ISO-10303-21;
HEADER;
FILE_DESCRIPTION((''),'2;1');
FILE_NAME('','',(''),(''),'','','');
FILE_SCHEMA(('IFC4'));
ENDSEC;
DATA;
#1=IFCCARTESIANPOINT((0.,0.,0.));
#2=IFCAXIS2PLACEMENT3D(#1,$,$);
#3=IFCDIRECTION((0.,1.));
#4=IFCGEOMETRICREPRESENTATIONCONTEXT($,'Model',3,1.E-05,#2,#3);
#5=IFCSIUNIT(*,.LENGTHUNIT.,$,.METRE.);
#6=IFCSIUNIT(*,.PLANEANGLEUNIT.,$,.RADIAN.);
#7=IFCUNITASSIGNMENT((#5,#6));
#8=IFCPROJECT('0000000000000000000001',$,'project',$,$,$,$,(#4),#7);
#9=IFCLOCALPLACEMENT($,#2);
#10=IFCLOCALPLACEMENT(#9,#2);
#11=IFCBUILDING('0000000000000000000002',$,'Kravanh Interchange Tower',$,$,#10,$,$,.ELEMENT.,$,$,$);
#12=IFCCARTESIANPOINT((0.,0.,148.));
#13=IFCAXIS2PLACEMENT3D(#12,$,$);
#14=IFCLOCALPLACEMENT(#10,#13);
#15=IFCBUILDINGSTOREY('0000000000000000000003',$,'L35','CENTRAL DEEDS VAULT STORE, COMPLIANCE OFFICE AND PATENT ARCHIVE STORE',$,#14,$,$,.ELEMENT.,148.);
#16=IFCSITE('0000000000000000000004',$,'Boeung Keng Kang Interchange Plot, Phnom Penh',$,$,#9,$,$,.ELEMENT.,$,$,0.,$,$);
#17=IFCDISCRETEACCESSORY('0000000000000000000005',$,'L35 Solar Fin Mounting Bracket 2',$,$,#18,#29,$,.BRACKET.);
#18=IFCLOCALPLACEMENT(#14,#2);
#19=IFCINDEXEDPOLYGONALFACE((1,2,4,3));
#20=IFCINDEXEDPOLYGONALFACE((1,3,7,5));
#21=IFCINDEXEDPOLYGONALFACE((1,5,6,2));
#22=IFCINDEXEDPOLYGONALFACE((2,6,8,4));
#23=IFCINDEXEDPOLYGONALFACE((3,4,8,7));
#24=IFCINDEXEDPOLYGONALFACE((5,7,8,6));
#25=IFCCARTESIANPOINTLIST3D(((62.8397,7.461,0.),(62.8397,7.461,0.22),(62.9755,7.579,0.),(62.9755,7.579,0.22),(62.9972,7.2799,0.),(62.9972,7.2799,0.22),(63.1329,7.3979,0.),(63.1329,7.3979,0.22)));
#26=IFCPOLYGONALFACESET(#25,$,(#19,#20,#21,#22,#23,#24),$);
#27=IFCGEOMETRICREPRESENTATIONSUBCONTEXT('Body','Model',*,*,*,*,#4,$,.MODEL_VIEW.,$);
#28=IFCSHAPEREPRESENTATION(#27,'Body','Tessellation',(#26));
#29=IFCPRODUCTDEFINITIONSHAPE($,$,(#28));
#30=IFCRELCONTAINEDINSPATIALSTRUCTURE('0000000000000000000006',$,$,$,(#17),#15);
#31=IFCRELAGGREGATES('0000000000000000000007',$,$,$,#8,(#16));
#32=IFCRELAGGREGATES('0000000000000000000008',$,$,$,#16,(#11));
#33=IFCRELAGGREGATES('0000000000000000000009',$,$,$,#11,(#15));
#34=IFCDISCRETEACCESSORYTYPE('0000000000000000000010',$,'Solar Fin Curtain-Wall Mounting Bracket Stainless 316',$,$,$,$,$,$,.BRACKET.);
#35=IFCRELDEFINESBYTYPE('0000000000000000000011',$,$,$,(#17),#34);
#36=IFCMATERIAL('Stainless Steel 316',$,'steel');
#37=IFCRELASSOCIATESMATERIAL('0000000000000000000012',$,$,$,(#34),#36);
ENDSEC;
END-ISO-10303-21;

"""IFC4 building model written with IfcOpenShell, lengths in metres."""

from ifc_helpers import new_model, si_unit, direction, frame, origin, origin_2d, place, context, subcontext, project, spatial, rectangle, extrude, material, type_object, element, save


model = new_model("IFC4")

# Units and contexts
model_context = context("Model", 3, precision=1e-05, world=origin(), true_north=direction((0.0, 1.0)))
body_context = subcontext(model_context, "Body", "Model", "MODEL_VIEW")
ifc_project = project(units=[si_unit("LENGTHUNIT", "METRE"), si_unit("PLANEANGLEUNIT", "RADIAN")], contexts=[model_context])

# Site, building, storey
site_placement = place(None, origin())
site = spatial("IfcSite", under=ifc_project, at=site_placement, Name="Boeung Keng Kang Interchange Plot, Phnom Penh", CompositionType="ELEMENT", RefElevation=0.0)
building_placement = place(site_placement, origin())
building = spatial("IfcBuilding", under=site, at=building_placement, Name="Kravanh Interchange Tower", CompositionType="ELEMENT")
storey_placement = place(building_placement, frame((0.0, 0.0, 148.0)))
storey = spatial("IfcBuildingStorey", under=building, at=storey_placement, Name="L35", Description="CENTRAL DEEDS VAULT STORE, COMPLIANCE OFFICE AND PATENT ARCHIVE STORE", CompositionType="ELEMENT", Elevation=148.0)

# Discrete accessory
ifc_material_1 = material(Name="Stainless Steel 316", Category="steel")
discrete_accessory_type = type_object("IfcDiscreteAccessoryType", Name="Solar Fin Curtain-Wall Mounting Bracket Stainless 316", PredefinedType="BRACKET", material=ifc_material_1)
discrete_accessory_placement = place(storey_placement, frame((62.9863, 7.4294, 0.0), z_axis=(0.0, 0.0, 1.0), x_axis=(0.656056, -0.754712, 0.0)))
element("IfcDiscreteAccessory", 1, at=discrete_accessory_placement, inside=storey, type_object=discrete_accessory_type, Name="L35 Solar Fin Mounting Bracket 2", PredefinedType="BRACKET", context=body_context, shape_type="SweptSolid", body=[
    extrude(rectangle(XDim=0.24, YDim=0.1799, at=origin_2d()), origin(), (0.0, 0.0, 1.0), 0.22),
])

save(model, "model.ifc")
